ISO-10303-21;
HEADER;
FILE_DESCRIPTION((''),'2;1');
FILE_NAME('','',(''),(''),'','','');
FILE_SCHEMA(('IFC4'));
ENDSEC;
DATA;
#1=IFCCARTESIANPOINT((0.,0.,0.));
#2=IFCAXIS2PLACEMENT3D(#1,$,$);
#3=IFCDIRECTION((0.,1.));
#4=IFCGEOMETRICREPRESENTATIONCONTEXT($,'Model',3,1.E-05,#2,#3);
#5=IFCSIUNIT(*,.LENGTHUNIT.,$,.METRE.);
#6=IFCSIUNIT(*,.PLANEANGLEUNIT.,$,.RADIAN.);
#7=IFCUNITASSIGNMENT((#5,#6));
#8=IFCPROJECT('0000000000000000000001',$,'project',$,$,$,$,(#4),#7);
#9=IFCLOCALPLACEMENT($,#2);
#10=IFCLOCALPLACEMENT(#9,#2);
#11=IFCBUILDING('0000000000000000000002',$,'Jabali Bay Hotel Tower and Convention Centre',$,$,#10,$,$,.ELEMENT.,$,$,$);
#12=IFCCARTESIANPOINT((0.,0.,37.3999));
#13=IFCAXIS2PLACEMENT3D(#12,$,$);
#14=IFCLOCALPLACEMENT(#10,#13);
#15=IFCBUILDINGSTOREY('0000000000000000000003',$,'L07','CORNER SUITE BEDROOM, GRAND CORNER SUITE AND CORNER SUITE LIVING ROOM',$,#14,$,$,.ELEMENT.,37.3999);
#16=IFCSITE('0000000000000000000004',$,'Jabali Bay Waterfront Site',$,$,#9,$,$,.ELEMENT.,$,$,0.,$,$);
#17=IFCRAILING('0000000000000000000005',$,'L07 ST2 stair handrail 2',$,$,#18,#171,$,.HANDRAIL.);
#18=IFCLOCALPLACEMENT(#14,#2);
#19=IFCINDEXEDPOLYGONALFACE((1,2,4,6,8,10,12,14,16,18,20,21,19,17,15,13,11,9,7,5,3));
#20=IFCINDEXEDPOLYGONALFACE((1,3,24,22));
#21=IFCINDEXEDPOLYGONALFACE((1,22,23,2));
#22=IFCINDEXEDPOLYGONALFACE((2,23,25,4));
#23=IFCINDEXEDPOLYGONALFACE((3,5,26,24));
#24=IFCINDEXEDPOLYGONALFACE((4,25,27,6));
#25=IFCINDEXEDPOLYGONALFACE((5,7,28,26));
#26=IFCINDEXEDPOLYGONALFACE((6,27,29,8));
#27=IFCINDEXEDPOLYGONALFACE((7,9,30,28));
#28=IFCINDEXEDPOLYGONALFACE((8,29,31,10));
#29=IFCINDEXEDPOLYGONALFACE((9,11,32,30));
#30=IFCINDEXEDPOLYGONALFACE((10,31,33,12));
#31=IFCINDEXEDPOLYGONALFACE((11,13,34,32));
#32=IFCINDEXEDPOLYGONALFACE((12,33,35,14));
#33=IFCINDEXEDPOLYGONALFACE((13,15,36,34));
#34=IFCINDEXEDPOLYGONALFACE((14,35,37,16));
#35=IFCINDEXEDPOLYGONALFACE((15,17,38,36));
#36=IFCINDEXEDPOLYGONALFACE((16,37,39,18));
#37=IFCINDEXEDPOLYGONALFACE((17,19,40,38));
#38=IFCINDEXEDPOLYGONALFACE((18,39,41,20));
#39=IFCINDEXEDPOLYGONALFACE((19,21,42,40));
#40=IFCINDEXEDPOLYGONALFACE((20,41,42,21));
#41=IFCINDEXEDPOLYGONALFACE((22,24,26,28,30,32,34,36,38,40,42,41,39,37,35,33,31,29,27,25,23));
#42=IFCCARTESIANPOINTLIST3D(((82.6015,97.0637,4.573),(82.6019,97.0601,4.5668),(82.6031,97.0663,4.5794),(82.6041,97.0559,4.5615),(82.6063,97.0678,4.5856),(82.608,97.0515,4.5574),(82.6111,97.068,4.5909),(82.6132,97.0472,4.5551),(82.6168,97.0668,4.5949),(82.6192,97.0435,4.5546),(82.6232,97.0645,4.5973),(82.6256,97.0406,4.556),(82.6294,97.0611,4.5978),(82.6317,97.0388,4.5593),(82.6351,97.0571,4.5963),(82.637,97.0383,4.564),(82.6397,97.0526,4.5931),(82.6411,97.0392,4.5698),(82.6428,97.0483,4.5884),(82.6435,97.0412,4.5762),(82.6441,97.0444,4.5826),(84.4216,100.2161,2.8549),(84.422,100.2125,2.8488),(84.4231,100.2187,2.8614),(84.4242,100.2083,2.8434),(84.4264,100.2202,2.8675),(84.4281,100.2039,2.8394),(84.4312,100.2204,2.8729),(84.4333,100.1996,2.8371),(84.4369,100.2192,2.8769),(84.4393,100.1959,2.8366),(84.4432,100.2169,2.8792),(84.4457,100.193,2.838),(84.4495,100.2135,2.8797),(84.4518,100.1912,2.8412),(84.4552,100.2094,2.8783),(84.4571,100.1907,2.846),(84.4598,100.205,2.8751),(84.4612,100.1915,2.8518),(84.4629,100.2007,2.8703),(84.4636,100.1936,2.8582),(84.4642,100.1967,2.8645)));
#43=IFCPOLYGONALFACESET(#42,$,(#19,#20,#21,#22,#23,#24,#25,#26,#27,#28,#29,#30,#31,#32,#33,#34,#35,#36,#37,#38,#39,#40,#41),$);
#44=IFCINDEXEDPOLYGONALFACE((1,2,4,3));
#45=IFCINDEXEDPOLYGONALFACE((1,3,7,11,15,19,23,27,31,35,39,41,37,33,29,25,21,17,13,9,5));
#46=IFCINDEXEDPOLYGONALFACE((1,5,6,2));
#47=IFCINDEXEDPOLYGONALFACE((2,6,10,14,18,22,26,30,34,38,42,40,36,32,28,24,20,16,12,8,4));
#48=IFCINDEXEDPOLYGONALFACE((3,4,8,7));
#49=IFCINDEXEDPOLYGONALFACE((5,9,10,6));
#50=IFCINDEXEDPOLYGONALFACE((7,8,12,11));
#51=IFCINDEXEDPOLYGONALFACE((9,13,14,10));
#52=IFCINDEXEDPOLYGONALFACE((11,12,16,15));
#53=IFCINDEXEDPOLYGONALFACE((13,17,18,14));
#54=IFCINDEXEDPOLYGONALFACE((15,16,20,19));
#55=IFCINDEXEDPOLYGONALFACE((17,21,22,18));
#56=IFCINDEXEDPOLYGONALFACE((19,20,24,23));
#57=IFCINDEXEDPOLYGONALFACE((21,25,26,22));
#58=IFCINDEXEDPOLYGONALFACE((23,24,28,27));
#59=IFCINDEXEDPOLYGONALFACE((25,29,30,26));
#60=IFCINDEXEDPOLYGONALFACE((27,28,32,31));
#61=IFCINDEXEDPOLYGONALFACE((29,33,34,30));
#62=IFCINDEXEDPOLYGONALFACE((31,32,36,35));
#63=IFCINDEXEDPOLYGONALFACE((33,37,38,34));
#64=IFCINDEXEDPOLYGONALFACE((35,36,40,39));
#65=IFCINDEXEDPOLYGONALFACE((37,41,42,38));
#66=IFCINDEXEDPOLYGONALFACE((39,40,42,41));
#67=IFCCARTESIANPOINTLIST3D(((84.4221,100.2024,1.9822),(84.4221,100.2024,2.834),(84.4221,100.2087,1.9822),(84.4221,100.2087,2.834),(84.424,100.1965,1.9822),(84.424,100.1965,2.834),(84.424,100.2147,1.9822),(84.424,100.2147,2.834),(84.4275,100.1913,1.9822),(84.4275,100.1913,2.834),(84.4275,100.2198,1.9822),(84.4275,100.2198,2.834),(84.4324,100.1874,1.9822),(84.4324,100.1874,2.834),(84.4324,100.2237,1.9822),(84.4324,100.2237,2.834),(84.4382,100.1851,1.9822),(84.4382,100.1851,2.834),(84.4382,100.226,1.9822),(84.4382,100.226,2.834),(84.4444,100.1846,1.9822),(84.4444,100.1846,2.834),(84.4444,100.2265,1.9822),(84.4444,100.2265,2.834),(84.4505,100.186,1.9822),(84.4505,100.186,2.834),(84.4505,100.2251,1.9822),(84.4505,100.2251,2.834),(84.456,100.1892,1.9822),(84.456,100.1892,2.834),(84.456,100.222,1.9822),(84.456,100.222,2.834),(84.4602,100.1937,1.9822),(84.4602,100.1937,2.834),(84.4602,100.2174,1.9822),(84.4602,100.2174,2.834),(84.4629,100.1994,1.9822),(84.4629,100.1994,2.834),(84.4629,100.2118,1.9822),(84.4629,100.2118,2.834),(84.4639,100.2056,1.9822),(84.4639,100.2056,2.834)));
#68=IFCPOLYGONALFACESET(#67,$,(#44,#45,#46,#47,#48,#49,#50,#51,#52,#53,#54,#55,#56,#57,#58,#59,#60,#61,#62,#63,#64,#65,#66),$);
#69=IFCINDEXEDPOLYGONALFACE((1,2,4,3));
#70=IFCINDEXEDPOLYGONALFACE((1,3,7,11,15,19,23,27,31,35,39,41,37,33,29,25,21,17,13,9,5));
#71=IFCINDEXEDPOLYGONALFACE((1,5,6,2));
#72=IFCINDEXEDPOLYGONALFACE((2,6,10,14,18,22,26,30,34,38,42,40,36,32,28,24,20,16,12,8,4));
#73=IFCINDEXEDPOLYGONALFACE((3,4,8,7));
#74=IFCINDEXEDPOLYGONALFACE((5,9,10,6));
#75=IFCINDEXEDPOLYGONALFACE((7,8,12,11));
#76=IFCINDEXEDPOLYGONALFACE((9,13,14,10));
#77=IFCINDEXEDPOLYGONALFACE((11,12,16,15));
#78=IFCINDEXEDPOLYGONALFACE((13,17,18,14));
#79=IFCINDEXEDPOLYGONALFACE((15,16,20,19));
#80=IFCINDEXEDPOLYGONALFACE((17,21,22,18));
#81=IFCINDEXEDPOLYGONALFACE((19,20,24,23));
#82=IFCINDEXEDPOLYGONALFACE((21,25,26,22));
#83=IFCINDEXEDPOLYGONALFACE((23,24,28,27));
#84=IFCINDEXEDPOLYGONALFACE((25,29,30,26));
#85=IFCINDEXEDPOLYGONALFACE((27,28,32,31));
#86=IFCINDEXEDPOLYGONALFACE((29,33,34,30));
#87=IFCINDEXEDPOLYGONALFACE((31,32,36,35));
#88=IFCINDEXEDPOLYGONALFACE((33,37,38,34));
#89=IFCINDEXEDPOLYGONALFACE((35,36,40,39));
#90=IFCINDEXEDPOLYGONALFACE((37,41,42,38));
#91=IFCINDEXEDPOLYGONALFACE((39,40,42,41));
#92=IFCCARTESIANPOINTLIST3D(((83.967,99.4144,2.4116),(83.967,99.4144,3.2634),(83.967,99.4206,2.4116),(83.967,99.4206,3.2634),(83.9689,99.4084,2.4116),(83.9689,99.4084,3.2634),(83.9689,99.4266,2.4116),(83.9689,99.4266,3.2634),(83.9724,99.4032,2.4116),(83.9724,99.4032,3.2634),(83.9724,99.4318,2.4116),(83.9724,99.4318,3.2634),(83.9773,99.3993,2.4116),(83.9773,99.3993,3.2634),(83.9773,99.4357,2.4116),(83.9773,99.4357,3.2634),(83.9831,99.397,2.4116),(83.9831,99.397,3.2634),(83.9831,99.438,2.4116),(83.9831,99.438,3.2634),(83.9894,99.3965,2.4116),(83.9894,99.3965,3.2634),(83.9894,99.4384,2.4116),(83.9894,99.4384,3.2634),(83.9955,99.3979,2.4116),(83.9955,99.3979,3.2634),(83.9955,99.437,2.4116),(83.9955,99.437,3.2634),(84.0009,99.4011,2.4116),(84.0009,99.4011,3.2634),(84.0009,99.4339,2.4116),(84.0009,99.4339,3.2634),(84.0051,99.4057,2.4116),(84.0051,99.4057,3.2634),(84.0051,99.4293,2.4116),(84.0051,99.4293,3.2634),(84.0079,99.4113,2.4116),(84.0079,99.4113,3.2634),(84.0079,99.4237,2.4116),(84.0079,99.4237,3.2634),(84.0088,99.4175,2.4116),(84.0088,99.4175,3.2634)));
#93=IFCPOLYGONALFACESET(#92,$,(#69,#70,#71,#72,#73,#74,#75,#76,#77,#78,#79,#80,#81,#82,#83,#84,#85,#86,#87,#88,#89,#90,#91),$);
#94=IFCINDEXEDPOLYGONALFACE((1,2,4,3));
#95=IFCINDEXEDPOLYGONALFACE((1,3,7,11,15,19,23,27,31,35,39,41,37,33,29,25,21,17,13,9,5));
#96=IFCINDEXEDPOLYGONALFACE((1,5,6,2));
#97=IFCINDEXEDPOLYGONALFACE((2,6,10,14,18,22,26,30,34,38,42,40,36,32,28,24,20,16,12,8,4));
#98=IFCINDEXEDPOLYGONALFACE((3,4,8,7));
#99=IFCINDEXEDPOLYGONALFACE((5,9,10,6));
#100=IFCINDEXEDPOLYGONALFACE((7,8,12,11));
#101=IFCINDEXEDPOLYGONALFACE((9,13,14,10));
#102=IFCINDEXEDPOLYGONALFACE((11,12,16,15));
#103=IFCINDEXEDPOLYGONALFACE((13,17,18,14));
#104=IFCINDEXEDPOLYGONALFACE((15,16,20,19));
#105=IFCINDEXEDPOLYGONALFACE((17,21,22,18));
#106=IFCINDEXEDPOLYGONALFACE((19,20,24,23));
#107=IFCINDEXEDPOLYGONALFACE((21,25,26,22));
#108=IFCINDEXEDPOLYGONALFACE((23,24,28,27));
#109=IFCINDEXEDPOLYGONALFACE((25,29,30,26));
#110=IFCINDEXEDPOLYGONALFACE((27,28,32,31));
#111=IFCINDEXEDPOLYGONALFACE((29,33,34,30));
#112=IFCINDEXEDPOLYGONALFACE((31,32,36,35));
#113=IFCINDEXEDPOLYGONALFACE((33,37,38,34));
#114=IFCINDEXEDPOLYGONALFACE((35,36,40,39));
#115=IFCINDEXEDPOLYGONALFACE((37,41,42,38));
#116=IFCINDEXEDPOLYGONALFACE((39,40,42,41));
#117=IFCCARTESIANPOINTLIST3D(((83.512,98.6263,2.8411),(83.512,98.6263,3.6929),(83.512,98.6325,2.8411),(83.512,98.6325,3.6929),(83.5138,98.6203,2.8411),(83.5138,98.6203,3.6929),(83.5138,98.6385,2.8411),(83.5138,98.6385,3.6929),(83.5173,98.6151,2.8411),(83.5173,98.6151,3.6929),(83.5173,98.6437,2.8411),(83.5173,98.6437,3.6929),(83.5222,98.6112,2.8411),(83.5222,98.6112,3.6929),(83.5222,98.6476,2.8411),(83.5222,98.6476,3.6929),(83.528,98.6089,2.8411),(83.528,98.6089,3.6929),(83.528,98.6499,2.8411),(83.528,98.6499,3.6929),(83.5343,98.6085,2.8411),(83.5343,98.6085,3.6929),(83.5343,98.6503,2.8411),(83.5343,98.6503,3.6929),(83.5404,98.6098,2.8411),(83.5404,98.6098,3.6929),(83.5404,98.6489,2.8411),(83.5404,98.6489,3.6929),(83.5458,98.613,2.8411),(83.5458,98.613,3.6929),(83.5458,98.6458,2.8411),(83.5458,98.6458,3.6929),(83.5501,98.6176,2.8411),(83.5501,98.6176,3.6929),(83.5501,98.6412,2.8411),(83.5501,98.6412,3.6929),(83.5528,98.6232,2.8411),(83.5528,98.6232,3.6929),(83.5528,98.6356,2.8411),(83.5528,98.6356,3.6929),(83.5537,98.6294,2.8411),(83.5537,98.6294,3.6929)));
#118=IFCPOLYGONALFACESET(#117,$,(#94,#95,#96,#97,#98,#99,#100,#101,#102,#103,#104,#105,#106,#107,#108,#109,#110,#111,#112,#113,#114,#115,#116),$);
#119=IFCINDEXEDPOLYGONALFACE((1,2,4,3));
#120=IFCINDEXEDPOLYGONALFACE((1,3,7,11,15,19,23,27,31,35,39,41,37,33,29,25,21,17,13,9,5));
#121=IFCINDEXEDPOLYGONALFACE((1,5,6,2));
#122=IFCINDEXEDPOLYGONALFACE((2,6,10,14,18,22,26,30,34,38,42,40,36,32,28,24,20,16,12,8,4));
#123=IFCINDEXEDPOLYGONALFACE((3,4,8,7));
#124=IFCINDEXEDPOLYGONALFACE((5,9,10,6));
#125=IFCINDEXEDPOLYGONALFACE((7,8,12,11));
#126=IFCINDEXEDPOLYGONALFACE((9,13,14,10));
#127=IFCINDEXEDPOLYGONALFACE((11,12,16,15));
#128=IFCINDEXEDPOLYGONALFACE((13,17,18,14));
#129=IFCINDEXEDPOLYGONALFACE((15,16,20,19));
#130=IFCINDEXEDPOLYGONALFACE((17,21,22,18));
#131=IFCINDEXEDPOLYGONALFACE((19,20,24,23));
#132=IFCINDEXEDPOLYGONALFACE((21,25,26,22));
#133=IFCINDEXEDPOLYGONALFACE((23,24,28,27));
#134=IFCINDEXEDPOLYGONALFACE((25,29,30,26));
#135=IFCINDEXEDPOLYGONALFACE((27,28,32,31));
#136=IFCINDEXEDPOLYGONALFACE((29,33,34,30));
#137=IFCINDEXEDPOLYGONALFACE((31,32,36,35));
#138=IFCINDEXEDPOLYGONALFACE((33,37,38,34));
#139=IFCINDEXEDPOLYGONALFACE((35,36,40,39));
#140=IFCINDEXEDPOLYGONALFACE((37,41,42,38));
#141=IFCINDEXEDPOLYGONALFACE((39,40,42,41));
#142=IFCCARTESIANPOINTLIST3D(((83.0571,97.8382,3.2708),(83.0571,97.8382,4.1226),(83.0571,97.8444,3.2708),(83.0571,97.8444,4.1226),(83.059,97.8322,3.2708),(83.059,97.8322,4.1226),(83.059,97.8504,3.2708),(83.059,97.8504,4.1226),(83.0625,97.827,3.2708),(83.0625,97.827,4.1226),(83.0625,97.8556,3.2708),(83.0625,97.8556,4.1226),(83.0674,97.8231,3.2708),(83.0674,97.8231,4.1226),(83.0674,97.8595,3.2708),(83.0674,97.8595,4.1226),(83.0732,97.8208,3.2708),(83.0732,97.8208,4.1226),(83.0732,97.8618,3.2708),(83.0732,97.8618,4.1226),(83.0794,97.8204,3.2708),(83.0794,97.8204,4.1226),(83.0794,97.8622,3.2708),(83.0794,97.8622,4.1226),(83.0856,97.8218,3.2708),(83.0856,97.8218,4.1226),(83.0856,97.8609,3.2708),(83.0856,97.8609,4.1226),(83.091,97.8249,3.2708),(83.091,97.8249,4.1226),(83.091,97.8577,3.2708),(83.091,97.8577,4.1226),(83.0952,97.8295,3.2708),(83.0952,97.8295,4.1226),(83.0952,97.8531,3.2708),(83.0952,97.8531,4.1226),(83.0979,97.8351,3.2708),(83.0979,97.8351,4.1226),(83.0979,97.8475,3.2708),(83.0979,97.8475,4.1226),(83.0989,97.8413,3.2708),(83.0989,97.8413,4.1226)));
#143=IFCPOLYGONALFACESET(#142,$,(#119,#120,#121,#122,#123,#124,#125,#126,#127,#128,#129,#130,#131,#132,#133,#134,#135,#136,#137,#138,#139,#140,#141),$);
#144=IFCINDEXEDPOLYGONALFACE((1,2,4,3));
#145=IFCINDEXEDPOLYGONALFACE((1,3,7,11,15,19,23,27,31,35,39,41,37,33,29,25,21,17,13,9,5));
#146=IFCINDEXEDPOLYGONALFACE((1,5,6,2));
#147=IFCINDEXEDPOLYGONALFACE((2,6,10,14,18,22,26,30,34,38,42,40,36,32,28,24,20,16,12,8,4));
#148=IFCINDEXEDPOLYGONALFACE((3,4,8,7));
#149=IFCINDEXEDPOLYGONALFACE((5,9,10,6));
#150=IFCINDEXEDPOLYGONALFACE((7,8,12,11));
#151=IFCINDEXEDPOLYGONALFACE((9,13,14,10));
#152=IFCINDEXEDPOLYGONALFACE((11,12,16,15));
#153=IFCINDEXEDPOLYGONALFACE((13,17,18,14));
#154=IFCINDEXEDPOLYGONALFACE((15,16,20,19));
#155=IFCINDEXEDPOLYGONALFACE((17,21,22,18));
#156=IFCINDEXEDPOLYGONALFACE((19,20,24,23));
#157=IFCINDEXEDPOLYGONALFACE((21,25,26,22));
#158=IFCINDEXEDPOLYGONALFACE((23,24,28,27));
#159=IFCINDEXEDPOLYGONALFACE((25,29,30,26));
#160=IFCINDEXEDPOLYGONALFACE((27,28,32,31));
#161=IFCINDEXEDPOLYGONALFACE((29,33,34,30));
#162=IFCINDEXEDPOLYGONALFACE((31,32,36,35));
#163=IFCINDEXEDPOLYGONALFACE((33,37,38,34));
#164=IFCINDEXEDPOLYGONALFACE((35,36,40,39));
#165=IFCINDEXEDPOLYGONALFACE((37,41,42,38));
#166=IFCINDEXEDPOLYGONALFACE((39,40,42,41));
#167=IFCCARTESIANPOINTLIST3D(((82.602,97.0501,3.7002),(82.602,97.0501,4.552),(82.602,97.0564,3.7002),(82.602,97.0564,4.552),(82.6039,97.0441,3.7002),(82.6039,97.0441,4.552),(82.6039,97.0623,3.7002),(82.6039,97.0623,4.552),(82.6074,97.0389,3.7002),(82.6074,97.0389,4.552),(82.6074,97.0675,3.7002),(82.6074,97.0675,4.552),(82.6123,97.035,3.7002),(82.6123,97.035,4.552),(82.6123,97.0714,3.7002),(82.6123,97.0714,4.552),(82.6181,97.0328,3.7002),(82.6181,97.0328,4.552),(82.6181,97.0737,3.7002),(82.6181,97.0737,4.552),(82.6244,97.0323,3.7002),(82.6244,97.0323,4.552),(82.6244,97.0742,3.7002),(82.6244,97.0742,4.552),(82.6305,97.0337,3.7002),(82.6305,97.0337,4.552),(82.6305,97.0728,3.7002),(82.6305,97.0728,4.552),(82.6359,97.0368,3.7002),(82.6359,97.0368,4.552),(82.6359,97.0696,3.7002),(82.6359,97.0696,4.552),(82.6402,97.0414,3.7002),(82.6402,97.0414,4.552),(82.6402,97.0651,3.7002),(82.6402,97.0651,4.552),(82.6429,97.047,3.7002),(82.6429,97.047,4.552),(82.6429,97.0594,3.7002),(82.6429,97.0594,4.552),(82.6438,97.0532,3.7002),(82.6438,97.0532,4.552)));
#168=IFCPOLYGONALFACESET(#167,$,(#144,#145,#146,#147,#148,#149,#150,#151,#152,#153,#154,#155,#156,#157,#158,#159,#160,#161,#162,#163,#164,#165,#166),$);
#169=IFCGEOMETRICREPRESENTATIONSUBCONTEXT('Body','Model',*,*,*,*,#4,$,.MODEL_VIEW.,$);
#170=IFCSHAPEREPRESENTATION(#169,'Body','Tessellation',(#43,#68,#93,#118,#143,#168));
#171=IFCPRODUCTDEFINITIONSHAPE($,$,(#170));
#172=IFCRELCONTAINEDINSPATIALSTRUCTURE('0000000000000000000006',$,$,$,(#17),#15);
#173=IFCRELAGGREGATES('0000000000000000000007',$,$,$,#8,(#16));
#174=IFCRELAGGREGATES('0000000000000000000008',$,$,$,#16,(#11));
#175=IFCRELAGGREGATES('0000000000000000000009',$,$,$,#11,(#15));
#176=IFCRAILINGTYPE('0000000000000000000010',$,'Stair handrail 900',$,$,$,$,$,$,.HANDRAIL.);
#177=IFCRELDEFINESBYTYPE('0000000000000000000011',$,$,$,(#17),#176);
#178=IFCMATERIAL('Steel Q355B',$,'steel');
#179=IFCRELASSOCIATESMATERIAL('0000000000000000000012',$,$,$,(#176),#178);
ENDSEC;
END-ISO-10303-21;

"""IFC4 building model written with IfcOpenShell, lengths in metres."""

from ifc_helpers import new_model, si_unit, direction, frame, origin, origin_2d, place, context, subcontext, project, spatial, circle, extrude, material, type_object, element, save


model = new_model("IFC4")

# Units and contexts
model_context = context("Model", 3, precision=1e-05, world=origin(), true_north=direction((0.0, 1.0)))
body_context = subcontext(model_context, "Body", "Model", "MODEL_VIEW")
ifc_project = project(units=[si_unit("LENGTHUNIT", "METRE"), si_unit("PLANEANGLEUNIT", "RADIAN")], contexts=[model_context])

# Site, building, storey
site_placement = place(None, origin())
site = spatial("IfcSite", under=ifc_project, at=site_placement, Name="Jabali Bay Waterfront Site", CompositionType="ELEMENT", RefElevation=0.0)
building_placement = place(site_placement, origin())
building = spatial("IfcBuilding", under=site, at=building_placement, Name="Jabali Bay Hotel Tower and Convention Centre", CompositionType="ELEMENT")
storey_placement = place(building_placement, frame((0.0, 0.0, 37.3999)))
storey = spatial("IfcBuildingStorey", under=building, at=storey_placement, Name="L07", Description="CORNER SUITE BEDROOM, GRAND CORNER SUITE AND CORNER SUITE LIVING ROOM", CompositionType="ELEMENT", Elevation=37.3999)

# Railing
ifc_material_1 = material(Name="Steel Q355B", Category="steel")
railing_type_1 = type_object("IfcRailingType", Name="Stair handrail 900", PredefinedType="HANDRAIL", material=ifc_material_1)
railing_1_placement = place(storey_placement, frame((84.4429, 100.2056, 1.9822)))
element("IfcRailing", 1, at=railing_1_placement, inside=storey, type_object=railing_type_1, Name="L07 ST2 stair handrail 2", PredefinedType="HANDRAIL", context=body_context, shape_type="SweptSolid", body=[
    extrude(circle(Radius=0.0239, at=origin_2d()), frame((0.0, 0.0, 0.876), z_axis=(-0.452179, -0.78317, 0.426825), x_axis=(0.866018, -0.500013, 0.0)), (0.0, 0.0, 1.0), 4.0251),
    extrude(circle(Radius=0.021, at=origin_2d()), origin(), (0.0, 0.0, 1.0), 0.8518),
    extrude(circle(Radius=0.021, at=origin_2d()), frame((-0.4551, -0.7881, 0.4294)), (0.0, 0.0, 1.0), 0.8518),
    extrude(circle(Radius=0.021, at=origin_2d()), frame((-0.9102, -1.5762, 0.8589)), (0.0, 0.0, 1.0), 0.8518),
    extrude(circle(Radius=0.021, at=origin_2d()), frame((-1.365, -2.3643, 1.2886)), (0.0, 0.0, 1.0), 0.8518),
    extrude(circle(Radius=0.021, at=origin_2d()), frame((-1.8201, -3.1523, 1.718)), (0.0, 0.0, 1.0), 0.8518),
])

save(model, "model.ifc")
